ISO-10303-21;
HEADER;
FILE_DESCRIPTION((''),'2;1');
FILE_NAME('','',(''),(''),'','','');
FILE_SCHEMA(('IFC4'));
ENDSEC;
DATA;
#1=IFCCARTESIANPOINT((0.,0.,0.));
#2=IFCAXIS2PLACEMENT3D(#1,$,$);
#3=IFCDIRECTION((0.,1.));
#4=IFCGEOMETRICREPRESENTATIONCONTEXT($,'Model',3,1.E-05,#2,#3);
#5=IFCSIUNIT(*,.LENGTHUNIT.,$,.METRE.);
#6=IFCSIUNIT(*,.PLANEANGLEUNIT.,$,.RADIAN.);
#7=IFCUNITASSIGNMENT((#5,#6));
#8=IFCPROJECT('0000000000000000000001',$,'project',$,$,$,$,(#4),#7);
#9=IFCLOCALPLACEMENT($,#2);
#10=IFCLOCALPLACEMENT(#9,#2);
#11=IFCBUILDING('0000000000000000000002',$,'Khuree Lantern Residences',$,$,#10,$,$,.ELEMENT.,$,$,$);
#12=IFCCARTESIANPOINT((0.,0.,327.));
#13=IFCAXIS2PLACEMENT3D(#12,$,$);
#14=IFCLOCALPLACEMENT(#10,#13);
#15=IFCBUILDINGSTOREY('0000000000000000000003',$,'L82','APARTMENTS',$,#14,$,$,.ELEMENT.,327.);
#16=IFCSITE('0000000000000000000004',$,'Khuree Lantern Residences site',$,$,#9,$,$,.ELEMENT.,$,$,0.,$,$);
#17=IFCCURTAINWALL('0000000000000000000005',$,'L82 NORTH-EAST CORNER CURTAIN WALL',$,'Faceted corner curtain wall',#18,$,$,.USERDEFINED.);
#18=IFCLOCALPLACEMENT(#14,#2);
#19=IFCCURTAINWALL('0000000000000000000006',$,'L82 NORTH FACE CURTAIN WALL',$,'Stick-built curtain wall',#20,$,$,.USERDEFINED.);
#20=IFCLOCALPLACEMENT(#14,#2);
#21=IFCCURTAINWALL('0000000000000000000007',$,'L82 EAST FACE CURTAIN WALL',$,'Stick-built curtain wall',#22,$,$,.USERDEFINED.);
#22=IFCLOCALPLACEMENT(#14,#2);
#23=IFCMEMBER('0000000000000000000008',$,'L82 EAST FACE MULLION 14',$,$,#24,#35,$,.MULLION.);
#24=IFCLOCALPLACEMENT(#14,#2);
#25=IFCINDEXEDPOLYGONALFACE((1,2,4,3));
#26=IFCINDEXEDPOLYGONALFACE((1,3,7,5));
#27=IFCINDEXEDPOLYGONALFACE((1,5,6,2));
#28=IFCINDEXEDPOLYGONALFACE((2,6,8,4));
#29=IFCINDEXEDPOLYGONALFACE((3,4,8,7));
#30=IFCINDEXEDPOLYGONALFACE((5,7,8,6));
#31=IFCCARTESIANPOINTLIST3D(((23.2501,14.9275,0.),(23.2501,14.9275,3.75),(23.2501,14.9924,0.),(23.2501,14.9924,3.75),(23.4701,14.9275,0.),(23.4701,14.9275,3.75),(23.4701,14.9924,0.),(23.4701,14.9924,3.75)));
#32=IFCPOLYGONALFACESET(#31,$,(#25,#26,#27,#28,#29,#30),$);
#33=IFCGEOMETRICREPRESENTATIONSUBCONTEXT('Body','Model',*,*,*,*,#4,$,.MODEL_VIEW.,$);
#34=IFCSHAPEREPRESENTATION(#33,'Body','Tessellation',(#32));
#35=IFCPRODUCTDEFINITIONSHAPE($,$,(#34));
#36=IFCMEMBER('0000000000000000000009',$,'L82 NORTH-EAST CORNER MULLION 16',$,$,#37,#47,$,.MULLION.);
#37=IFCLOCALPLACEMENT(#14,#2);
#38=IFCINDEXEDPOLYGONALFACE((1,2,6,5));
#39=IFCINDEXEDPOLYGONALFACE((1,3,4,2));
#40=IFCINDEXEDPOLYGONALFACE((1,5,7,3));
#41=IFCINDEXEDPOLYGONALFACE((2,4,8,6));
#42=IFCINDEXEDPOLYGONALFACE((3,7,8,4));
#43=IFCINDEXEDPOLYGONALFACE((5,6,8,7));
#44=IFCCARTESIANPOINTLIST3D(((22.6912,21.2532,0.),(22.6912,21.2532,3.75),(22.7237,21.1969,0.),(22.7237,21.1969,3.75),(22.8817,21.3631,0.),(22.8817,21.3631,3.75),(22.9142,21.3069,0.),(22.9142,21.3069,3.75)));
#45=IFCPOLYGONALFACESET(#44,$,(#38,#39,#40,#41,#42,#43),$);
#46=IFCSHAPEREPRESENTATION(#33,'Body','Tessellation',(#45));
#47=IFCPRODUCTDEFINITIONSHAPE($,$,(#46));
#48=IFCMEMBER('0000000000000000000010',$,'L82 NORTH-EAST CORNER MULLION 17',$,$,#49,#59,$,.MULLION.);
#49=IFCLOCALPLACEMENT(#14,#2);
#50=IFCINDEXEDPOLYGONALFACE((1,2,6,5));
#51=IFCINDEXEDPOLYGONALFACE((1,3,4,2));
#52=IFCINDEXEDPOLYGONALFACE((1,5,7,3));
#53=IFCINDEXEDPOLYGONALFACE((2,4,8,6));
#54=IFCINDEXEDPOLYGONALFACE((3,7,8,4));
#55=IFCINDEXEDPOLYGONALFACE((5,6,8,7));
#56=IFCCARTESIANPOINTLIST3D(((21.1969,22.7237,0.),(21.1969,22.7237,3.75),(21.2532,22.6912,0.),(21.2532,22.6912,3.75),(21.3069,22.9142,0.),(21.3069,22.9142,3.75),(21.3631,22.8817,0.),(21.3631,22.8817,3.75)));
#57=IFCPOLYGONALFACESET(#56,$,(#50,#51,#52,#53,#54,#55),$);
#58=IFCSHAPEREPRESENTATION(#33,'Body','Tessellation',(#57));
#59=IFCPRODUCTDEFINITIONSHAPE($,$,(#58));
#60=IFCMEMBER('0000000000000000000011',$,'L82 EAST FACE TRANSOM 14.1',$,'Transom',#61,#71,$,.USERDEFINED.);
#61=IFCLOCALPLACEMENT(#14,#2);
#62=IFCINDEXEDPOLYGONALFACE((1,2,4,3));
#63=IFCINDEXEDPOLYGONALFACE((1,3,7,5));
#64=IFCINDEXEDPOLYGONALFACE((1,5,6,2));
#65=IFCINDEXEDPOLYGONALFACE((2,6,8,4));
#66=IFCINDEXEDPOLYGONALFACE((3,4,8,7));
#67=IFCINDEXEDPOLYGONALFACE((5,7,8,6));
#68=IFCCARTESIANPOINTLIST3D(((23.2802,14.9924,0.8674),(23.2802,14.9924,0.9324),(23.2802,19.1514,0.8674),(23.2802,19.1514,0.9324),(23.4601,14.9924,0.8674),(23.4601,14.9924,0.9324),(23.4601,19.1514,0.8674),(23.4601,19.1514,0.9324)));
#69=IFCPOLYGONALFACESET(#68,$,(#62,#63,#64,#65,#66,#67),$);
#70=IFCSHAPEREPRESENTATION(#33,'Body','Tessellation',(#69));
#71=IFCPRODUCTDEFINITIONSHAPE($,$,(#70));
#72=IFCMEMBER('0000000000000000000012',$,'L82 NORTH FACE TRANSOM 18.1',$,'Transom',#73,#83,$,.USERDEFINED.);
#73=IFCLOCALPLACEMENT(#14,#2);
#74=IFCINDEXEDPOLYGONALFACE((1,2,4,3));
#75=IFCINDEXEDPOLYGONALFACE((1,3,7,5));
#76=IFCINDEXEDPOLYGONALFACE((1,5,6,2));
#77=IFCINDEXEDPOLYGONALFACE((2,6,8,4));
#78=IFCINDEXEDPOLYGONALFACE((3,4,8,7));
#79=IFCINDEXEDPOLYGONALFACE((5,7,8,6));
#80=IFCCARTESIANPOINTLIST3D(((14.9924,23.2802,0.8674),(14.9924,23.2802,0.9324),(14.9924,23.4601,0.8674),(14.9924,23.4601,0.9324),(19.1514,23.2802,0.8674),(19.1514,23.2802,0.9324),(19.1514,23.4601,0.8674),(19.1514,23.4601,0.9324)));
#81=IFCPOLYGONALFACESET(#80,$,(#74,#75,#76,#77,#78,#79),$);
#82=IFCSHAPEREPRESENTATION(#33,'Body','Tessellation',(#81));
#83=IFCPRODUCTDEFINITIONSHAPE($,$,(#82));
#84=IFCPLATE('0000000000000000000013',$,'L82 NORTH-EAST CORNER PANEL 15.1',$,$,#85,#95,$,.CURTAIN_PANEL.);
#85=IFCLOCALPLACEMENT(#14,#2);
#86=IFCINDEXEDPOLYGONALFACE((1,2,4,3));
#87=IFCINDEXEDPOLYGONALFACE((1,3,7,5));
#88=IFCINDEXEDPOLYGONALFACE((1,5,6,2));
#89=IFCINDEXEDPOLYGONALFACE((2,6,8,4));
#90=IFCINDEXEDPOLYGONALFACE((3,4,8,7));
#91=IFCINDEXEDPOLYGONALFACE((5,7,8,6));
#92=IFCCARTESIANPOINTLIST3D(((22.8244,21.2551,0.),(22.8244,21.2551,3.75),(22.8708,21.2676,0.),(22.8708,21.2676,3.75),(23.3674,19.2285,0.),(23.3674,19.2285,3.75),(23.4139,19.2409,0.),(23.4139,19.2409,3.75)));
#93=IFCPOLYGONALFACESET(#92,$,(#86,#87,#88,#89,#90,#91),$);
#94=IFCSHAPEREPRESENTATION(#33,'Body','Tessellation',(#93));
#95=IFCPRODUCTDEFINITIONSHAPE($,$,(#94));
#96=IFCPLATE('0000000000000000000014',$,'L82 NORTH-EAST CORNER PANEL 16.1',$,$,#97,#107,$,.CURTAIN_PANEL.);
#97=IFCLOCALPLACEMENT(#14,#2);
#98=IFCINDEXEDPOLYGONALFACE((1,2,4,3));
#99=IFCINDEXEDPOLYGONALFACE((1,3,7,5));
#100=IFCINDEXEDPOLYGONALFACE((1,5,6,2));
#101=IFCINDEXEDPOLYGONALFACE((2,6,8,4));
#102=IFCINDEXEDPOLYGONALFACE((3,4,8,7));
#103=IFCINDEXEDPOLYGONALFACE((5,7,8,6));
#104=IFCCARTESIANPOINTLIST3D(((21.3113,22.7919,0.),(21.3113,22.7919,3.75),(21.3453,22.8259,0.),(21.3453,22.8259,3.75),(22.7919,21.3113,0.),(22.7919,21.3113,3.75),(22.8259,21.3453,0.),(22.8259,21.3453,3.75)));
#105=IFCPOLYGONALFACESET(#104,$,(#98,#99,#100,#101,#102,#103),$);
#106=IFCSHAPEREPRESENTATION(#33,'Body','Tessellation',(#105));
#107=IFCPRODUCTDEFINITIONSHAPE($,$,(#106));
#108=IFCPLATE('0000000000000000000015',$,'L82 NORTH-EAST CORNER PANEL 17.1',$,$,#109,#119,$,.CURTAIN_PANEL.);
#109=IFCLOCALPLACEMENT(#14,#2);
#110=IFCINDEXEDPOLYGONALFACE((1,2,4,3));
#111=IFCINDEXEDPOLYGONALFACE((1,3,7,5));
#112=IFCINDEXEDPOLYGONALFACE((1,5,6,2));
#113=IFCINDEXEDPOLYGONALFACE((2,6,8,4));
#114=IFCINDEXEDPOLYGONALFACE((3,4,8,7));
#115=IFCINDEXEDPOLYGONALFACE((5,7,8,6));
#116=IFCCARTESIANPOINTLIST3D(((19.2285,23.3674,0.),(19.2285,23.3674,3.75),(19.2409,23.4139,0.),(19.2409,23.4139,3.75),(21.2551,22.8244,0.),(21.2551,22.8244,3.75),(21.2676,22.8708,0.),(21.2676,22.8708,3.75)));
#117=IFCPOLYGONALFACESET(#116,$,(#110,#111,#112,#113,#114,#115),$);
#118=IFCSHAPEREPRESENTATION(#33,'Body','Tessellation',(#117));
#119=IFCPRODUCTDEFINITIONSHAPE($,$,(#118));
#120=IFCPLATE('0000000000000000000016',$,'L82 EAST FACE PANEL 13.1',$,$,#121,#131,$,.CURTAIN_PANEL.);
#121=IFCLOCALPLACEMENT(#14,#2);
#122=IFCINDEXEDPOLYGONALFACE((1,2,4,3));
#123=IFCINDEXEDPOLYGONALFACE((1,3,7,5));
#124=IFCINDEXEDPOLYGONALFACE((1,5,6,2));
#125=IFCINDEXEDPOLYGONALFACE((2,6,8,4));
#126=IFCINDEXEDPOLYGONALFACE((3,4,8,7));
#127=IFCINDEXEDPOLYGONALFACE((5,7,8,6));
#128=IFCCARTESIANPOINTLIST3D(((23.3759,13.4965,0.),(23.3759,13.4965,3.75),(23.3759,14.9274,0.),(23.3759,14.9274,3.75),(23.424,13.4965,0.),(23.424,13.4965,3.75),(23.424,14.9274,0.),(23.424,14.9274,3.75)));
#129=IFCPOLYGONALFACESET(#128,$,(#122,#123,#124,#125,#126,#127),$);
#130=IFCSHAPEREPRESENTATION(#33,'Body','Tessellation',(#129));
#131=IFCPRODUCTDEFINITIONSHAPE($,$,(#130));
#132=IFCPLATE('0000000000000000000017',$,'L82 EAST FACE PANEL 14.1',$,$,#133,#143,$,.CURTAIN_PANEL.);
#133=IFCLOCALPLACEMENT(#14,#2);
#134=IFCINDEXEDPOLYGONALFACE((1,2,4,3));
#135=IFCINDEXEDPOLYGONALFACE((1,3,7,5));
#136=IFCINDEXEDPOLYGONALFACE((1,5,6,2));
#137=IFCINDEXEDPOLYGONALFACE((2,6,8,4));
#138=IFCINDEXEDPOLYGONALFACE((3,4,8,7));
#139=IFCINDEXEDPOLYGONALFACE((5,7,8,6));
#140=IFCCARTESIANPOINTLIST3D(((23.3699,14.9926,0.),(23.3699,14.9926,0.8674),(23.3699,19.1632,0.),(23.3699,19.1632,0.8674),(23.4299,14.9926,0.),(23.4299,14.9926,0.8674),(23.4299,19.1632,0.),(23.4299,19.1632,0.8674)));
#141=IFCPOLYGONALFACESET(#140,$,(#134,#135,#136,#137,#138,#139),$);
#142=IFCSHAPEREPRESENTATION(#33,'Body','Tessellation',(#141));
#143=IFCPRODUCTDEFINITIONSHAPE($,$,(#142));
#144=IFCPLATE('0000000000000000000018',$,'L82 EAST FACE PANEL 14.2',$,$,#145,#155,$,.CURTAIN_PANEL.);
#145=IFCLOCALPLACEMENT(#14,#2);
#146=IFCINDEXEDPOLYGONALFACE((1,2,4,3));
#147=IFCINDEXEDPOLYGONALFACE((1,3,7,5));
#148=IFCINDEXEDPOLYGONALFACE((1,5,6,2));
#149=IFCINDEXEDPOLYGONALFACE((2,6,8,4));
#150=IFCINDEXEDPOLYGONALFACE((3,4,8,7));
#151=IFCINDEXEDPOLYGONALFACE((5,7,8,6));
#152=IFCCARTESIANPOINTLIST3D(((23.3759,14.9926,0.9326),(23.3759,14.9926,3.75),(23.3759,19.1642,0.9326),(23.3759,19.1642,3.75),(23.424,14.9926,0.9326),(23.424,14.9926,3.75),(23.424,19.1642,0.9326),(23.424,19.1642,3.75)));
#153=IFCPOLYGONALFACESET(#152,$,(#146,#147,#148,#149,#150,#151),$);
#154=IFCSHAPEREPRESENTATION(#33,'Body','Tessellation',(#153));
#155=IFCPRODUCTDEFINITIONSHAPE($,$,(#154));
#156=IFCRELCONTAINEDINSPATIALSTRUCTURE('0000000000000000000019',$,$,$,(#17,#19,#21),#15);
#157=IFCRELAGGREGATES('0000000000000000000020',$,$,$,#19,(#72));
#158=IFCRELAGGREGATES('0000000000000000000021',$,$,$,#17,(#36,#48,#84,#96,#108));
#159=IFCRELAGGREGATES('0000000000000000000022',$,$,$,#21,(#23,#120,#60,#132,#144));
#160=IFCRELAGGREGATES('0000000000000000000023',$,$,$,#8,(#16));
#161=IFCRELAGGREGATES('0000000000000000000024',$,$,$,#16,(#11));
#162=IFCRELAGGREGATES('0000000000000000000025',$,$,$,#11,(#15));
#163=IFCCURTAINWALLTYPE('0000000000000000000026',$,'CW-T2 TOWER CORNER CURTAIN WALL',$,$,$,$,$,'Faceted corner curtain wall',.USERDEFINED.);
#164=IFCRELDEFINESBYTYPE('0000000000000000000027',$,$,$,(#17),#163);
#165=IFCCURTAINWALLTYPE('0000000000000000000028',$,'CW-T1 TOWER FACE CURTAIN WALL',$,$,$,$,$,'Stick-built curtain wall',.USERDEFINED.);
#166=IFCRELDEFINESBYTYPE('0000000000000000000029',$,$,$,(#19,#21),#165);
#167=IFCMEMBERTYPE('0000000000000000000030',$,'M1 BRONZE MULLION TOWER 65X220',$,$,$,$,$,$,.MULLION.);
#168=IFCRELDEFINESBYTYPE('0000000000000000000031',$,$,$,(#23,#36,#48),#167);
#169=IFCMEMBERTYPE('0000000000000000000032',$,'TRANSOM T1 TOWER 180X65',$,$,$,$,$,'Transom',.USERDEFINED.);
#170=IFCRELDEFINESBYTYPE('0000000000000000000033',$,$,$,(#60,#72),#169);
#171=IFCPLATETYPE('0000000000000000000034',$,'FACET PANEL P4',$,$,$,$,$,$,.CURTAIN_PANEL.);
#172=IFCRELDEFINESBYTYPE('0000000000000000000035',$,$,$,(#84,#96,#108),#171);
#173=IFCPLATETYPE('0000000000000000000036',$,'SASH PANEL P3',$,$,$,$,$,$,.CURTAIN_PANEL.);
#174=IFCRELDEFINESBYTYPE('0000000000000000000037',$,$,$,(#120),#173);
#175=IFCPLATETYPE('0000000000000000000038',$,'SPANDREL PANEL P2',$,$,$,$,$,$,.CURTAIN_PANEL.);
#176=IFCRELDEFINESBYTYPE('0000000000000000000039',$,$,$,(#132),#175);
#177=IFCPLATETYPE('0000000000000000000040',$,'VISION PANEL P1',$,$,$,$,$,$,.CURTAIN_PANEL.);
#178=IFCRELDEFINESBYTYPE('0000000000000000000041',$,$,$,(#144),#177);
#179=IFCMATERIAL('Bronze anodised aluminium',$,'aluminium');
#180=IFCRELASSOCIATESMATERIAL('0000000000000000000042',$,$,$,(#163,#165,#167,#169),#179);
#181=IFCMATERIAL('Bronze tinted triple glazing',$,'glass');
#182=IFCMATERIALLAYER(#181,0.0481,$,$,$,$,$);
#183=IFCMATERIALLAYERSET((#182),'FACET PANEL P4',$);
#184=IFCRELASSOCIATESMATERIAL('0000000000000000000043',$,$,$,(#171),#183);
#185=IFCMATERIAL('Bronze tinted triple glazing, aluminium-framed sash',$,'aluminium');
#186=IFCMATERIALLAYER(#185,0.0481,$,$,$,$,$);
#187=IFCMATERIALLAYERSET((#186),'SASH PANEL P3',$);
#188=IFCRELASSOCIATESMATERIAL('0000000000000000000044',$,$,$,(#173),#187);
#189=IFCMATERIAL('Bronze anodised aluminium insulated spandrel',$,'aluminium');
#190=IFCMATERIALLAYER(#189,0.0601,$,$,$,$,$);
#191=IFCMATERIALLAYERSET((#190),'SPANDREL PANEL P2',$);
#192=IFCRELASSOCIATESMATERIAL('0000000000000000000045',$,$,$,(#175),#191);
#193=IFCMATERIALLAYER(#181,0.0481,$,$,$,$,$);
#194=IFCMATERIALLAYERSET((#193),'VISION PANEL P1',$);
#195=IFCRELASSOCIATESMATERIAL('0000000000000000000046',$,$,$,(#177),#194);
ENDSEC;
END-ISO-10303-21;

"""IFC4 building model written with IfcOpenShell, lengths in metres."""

from ifc_helpers import new_model, si_unit, direction, frame, origin, origin_2d, place, context, subcontext, project, spatial, rectangle, extrude, material, layer, layer_set, material_profile, profile_set, type_object, element, aggregate, save


model = new_model("IFC4")

# Units and contexts
model_context = context("Model", 3, precision=1e-05, world=origin(), true_north=direction((0.0, 1.0)))
body_context = subcontext(model_context, "Body", "Model", "MODEL_VIEW")
ifc_project = project(units=[si_unit("LENGTHUNIT", "METRE"), si_unit("PLANEANGLEUNIT", "RADIAN")], contexts=[model_context])

# Site, building, storey
site_placement = place(None, origin())
site = spatial("IfcSite", under=ifc_project, at=site_placement, Name="Khuree Lantern Residences site", CompositionType="ELEMENT", RefElevation=0.0)
building_placement = place(site_placement, origin())
building = spatial("IfcBuilding", under=site, at=building_placement, Name="Khuree Lantern Residences", CompositionType="ELEMENT")
storey_placement = place(building_placement, frame((0.0, 0.0, 327.0)))
storey = spatial("IfcBuildingStorey", under=building, at=storey_placement, Name="L82", Description="APARTMENTS", CompositionType="ELEMENT", Elevation=327.0)

# Curtain walls
ifc_material_1 = material(Name="Bronze anodised aluminium", Category="aluminium")
curtain_wall_type_1 = type_object("IfcCurtainWallType", Name="CW-T2 TOWER CORNER CURTAIN WALL", ElementType="Faceted corner curtain wall", PredefinedType="USERDEFINED", material=ifc_material_1)
curtain_wall_1_placement = place(storey_placement, origin())
curtain_wall_1 = element("IfcCurtainWall", 1, at=curtain_wall_1_placement, inside=storey, type_object=curtain_wall_type_1, Name="L82 NORTH-EAST CORNER CURTAIN WALL", ObjectType="Faceted corner curtain wall", PredefinedType="USERDEFINED")
curtain_wall_type_2 = type_object("IfcCurtainWallType", Name="CW-T1 TOWER FACE CURTAIN WALL", ElementType="Stick-built curtain wall", PredefinedType="USERDEFINED", material=ifc_material_1)
curtain_wall_2_placement = place(storey_placement, origin())
curtain_wall_2 = element("IfcCurtainWall", 2, at=curtain_wall_2_placement, inside=storey, type_object=curtain_wall_type_2, Name="L82 NORTH FACE CURTAIN WALL", ObjectType="Stick-built curtain wall", PredefinedType="USERDEFINED")

# Curtain wall, member
curtain_wall_3_placement = place(storey_placement, origin())
curtain_wall_3 = element("IfcCurtainWall", 3, at=curtain_wall_3_placement, inside=storey, type_object=curtain_wall_type_2, Name="L82 EAST FACE CURTAIN WALL", ObjectType="Stick-built curtain wall", PredefinedType="USERDEFINED")
ifc_material_profile_1 = material_profile(ifc_material_1, rectangle(XDim=0.0649, YDim=0.22, at=origin_2d()), Name="M1 65X220")
ifc_profile_set_1 = profile_set([ifc_material_profile_1], Name="Bronze anodised aluminium")
member_type_1 = type_object("IfcMemberType", Name="M1 BRONZE MULLION TOWER 65X220", PredefinedType="MULLION", material=ifc_profile_set_1)
member_1_placement = place(storey_placement, frame((23.3601, 14.96, 0.0), z_axis=(0.0, 0.0, 1.0), x_axis=(0.0, 1.0, 0.0)))
member_1 = element("IfcMember", 4, at=member_1_placement, type_object=member_type_1, Name="L82 EAST FACE MULLION 14", PredefinedType="MULLION", context=body_context, shape_type="SweptSolid", body=[
    extrude(rectangle(XDim=0.0649, YDim=0.22, at=origin_2d()), origin(), (0.0, 0.0, 1.0), 3.75),
])

# Members
member_2_placement = place(storey_placement, frame((22.8027, 21.28, 0.0), z_axis=(0.0, 0.0, 1.0), x_axis=(-0.5, 0.866025, 0.0)))
member_2 = element("IfcMember", 5, at=member_2_placement, type_object=member_type_1, Name="L82 NORTH-EAST CORNER MULLION 16", PredefinedType="MULLION", context=body_context, shape_type="SweptSolid", body=[
    extrude(rectangle(XDim=0.0649, YDim=0.22, at=origin_2d()), origin(), (0.0, 0.0, 1.0), 3.75),
])
member_3_placement = place(storey_placement, frame((21.28, 22.8027, 0.0), z_axis=(0.0, 0.0, 1.0), x_axis=(-0.866025, 0.5, 0.0)))
member_3 = element("IfcMember", 6, at=member_3_placement, type_object=member_type_1, Name="L82 NORTH-EAST CORNER MULLION 17", PredefinedType="MULLION", context=body_context, shape_type="SweptSolid", body=[
    extrude(rectangle(XDim=0.0649, YDim=0.22, at=origin_2d()), origin(), (0.0, 0.0, 1.0), 3.75),
])
ifc_material_profile_2 = material_profile(ifc_material_1, rectangle(XDim=0.1799, YDim=0.0649, at=origin_2d()), Name="T1 180X65")
ifc_profile_set_2 = profile_set([ifc_material_profile_2], Name="Bronze anodised aluminium")
member_type_2 = type_object("IfcMemberType", Name="TRANSOM T1 TOWER 180X65", ElementType="Transom", PredefinedType="USERDEFINED", material=ifc_profile_set_2)
member_4_placement = place(storey_placement, frame((23.3701, 14.9924, 0.8999), z_axis=(0.0, 1.0, 0.0), x_axis=(-1.0, 0.0, 0.0)))
member_4 = element("IfcMember", 7, at=member_4_placement, type_object=member_type_2, Name="L82 EAST FACE TRANSOM 14.1", ObjectType="Transom", PredefinedType="USERDEFINED", context=body_context, shape_type="SweptSolid", body=[
    extrude(rectangle(XDim=0.1799, YDim=0.0649, at=origin_2d()), origin(), (0.0, 0.0, 1.0), 4.1589),
])
member_5_placement = place(storey_placement, frame((19.1514, 23.3701, 0.8999), z_axis=(-1.0, 0.0, 0.0), x_axis=(0.0, -1.0, 0.0)))
member_5 = element("IfcMember", 8, at=member_5_placement, type_object=member_type_2, Name="L82 NORTH FACE TRANSOM 18.1", ObjectType="Transom", PredefinedType="USERDEFINED", context=body_context, shape_type="SweptSolid", body=[
    extrude(rectangle(XDim=0.1799, YDim=0.0649, at=origin_2d()), origin(), (0.0, 0.0, 1.0), 4.1589),
])
aggregate(curtain_wall_2, [member_5])

# Plates
ifc_material_2 = material(Name="Bronze tinted triple glazing", Category="glass")
ifc_layer_1 = layer(ifc_material_2, 0.0481)
ifc_layer_set_1 = layer_set([ifc_layer_1], Name="FACET PANEL P4")
plate_type_1 = type_object("IfcPlateType", Name="FACET PANEL P4", PredefinedType="CURTAIN_PANEL", material=ifc_layer_set_1)
plate_1_placement = place(storey_placement, frame((23.1191, 20.248, 0.0), z_axis=(0.0, 0.0, 1.0), x_axis=(-0.258819, 0.965926, 0.0)))
plate_1 = element("IfcPlate", 9, at=plate_1_placement, type_object=plate_type_1, Name="L82 NORTH-EAST CORNER PANEL 15.1", PredefinedType="CURTAIN_PANEL", context=body_context, shape_type="SweptSolid", body=[
    extrude(rectangle(XDim=2.0981, YDim=0.0481, at=origin_2d()), origin(), (0.0, 0.0, 1.0), 3.75),
])
plate_2_placement = place(storey_placement, frame((22.0686, 22.0686, 0.0), z_axis=(0.0, 0.0, 1.0), x_axis=(-0.707107, 0.707107, 0.0)))
plate_2 = element("IfcPlate", 10, at=plate_2_placement, type_object=plate_type_1, Name="L82 NORTH-EAST CORNER PANEL 16.1", PredefinedType="CURTAIN_PANEL", context=body_context, shape_type="SweptSolid", body=[
    extrude(rectangle(XDim=2.094, YDim=0.0481, at=origin_2d()), origin(), (0.0, 0.0, 1.0), 3.75),
])
plate_3_placement = place(storey_placement, frame((20.248, 23.1191, 0.0), z_axis=(0.0, 0.0, 1.0), x_axis=(-0.965926, 0.258819, 0.0)))
plate_3 = element("IfcPlate", 11, at=plate_3_placement, type_object=plate_type_1, Name="L82 NORTH-EAST CORNER PANEL 17.1", PredefinedType="CURTAIN_PANEL", context=body_context, shape_type="SweptSolid", body=[
    extrude(rectangle(XDim=2.0981, YDim=0.0481, at=origin_2d()), origin(), (0.0, 0.0, 1.0), 3.75),
])
aggregate(curtain_wall_1, [member_2, member_3, plate_1, plate_2, plate_3])
ifc_material_3 = material(Name="Bronze tinted triple glazing, aluminium-framed sash", Category="aluminium")
ifc_layer_2 = layer(ifc_material_3, 0.0481)
ifc_layer_set_2 = layer_set([ifc_layer_2], Name="SASH PANEL P3")
plate_type_2 = type_object("IfcPlateType", Name="SASH PANEL P3", PredefinedType="CURTAIN_PANEL", material=ifc_layer_set_2)
plate_4_placement = place(storey_placement, frame((23.3999, 14.2119, 0.0), z_axis=(0.0, 0.0, 1.0), x_axis=(0.0, 1.0, 0.0)))
plate_4 = element("IfcPlate", 12, at=plate_4_placement, type_object=plate_type_2, Name="L82 EAST FACE PANEL 13.1", PredefinedType="CURTAIN_PANEL", context=body_context, shape_type="SweptSolid", body=[
    extrude(rectangle(XDim=1.4309, YDim=0.0481, at=origin_2d()), origin(), (0.0, 0.0, 1.0), 3.75),
])
ifc_material_4 = material(Name="Bronze anodised aluminium insulated spandrel", Category="aluminium")
ifc_layer_3 = layer(ifc_material_4, 0.0601)
ifc_layer_set_3 = layer_set([ifc_layer_3], Name="SPANDREL PANEL P2")
plate_type_3 = type_object("IfcPlateType", Name="SPANDREL PANEL P2", PredefinedType="CURTAIN_PANEL", material=ifc_layer_set_3)
plate_5_placement = place(storey_placement, frame((23.3999, 17.0779, 0.0), z_axis=(0.0, 0.0, 1.0), x_axis=(0.0, 1.0, 0.0)))
plate_5 = element("IfcPlate", 13, at=plate_5_placement, type_object=plate_type_3, Name="L82 EAST FACE PANEL 14.1", PredefinedType="CURTAIN_PANEL", context=body_context, shape_type="SweptSolid", body=[
    extrude(rectangle(XDim=4.1707, YDim=0.0601, at=origin_2d()), origin(), (0.0, 0.0, 1.0), 0.8674),
])
ifc_layer_4 = layer(ifc_material_2, 0.0481)
ifc_layer_set_4 = layer_set([ifc_layer_4], Name="VISION PANEL P1")
plate_type_4 = type_object("IfcPlateType", Name="VISION PANEL P1", PredefinedType="CURTAIN_PANEL", material=ifc_layer_set_4)
plate_6_placement = place(storey_placement, frame((23.3999, 17.0784, 0.9326), z_axis=(0.0, 0.0, 1.0), x_axis=(0.0, 1.0, 0.0)))
plate_6 = element("IfcPlate", 14, at=plate_6_placement, type_object=plate_type_4, Name="L82 EAST FACE PANEL 14.2", PredefinedType="CURTAIN_PANEL", context=body_context, shape_type="SweptSolid", body=[
    extrude(rectangle(XDim=4.1716, YDim=0.0481, at=origin_2d()), origin(), (0.0, 0.0, 1.0), 2.8174),
])
aggregate(curtain_wall_3, [member_1, plate_4, member_4, plate_5, plate_6])

save(model, "model.ifc")
